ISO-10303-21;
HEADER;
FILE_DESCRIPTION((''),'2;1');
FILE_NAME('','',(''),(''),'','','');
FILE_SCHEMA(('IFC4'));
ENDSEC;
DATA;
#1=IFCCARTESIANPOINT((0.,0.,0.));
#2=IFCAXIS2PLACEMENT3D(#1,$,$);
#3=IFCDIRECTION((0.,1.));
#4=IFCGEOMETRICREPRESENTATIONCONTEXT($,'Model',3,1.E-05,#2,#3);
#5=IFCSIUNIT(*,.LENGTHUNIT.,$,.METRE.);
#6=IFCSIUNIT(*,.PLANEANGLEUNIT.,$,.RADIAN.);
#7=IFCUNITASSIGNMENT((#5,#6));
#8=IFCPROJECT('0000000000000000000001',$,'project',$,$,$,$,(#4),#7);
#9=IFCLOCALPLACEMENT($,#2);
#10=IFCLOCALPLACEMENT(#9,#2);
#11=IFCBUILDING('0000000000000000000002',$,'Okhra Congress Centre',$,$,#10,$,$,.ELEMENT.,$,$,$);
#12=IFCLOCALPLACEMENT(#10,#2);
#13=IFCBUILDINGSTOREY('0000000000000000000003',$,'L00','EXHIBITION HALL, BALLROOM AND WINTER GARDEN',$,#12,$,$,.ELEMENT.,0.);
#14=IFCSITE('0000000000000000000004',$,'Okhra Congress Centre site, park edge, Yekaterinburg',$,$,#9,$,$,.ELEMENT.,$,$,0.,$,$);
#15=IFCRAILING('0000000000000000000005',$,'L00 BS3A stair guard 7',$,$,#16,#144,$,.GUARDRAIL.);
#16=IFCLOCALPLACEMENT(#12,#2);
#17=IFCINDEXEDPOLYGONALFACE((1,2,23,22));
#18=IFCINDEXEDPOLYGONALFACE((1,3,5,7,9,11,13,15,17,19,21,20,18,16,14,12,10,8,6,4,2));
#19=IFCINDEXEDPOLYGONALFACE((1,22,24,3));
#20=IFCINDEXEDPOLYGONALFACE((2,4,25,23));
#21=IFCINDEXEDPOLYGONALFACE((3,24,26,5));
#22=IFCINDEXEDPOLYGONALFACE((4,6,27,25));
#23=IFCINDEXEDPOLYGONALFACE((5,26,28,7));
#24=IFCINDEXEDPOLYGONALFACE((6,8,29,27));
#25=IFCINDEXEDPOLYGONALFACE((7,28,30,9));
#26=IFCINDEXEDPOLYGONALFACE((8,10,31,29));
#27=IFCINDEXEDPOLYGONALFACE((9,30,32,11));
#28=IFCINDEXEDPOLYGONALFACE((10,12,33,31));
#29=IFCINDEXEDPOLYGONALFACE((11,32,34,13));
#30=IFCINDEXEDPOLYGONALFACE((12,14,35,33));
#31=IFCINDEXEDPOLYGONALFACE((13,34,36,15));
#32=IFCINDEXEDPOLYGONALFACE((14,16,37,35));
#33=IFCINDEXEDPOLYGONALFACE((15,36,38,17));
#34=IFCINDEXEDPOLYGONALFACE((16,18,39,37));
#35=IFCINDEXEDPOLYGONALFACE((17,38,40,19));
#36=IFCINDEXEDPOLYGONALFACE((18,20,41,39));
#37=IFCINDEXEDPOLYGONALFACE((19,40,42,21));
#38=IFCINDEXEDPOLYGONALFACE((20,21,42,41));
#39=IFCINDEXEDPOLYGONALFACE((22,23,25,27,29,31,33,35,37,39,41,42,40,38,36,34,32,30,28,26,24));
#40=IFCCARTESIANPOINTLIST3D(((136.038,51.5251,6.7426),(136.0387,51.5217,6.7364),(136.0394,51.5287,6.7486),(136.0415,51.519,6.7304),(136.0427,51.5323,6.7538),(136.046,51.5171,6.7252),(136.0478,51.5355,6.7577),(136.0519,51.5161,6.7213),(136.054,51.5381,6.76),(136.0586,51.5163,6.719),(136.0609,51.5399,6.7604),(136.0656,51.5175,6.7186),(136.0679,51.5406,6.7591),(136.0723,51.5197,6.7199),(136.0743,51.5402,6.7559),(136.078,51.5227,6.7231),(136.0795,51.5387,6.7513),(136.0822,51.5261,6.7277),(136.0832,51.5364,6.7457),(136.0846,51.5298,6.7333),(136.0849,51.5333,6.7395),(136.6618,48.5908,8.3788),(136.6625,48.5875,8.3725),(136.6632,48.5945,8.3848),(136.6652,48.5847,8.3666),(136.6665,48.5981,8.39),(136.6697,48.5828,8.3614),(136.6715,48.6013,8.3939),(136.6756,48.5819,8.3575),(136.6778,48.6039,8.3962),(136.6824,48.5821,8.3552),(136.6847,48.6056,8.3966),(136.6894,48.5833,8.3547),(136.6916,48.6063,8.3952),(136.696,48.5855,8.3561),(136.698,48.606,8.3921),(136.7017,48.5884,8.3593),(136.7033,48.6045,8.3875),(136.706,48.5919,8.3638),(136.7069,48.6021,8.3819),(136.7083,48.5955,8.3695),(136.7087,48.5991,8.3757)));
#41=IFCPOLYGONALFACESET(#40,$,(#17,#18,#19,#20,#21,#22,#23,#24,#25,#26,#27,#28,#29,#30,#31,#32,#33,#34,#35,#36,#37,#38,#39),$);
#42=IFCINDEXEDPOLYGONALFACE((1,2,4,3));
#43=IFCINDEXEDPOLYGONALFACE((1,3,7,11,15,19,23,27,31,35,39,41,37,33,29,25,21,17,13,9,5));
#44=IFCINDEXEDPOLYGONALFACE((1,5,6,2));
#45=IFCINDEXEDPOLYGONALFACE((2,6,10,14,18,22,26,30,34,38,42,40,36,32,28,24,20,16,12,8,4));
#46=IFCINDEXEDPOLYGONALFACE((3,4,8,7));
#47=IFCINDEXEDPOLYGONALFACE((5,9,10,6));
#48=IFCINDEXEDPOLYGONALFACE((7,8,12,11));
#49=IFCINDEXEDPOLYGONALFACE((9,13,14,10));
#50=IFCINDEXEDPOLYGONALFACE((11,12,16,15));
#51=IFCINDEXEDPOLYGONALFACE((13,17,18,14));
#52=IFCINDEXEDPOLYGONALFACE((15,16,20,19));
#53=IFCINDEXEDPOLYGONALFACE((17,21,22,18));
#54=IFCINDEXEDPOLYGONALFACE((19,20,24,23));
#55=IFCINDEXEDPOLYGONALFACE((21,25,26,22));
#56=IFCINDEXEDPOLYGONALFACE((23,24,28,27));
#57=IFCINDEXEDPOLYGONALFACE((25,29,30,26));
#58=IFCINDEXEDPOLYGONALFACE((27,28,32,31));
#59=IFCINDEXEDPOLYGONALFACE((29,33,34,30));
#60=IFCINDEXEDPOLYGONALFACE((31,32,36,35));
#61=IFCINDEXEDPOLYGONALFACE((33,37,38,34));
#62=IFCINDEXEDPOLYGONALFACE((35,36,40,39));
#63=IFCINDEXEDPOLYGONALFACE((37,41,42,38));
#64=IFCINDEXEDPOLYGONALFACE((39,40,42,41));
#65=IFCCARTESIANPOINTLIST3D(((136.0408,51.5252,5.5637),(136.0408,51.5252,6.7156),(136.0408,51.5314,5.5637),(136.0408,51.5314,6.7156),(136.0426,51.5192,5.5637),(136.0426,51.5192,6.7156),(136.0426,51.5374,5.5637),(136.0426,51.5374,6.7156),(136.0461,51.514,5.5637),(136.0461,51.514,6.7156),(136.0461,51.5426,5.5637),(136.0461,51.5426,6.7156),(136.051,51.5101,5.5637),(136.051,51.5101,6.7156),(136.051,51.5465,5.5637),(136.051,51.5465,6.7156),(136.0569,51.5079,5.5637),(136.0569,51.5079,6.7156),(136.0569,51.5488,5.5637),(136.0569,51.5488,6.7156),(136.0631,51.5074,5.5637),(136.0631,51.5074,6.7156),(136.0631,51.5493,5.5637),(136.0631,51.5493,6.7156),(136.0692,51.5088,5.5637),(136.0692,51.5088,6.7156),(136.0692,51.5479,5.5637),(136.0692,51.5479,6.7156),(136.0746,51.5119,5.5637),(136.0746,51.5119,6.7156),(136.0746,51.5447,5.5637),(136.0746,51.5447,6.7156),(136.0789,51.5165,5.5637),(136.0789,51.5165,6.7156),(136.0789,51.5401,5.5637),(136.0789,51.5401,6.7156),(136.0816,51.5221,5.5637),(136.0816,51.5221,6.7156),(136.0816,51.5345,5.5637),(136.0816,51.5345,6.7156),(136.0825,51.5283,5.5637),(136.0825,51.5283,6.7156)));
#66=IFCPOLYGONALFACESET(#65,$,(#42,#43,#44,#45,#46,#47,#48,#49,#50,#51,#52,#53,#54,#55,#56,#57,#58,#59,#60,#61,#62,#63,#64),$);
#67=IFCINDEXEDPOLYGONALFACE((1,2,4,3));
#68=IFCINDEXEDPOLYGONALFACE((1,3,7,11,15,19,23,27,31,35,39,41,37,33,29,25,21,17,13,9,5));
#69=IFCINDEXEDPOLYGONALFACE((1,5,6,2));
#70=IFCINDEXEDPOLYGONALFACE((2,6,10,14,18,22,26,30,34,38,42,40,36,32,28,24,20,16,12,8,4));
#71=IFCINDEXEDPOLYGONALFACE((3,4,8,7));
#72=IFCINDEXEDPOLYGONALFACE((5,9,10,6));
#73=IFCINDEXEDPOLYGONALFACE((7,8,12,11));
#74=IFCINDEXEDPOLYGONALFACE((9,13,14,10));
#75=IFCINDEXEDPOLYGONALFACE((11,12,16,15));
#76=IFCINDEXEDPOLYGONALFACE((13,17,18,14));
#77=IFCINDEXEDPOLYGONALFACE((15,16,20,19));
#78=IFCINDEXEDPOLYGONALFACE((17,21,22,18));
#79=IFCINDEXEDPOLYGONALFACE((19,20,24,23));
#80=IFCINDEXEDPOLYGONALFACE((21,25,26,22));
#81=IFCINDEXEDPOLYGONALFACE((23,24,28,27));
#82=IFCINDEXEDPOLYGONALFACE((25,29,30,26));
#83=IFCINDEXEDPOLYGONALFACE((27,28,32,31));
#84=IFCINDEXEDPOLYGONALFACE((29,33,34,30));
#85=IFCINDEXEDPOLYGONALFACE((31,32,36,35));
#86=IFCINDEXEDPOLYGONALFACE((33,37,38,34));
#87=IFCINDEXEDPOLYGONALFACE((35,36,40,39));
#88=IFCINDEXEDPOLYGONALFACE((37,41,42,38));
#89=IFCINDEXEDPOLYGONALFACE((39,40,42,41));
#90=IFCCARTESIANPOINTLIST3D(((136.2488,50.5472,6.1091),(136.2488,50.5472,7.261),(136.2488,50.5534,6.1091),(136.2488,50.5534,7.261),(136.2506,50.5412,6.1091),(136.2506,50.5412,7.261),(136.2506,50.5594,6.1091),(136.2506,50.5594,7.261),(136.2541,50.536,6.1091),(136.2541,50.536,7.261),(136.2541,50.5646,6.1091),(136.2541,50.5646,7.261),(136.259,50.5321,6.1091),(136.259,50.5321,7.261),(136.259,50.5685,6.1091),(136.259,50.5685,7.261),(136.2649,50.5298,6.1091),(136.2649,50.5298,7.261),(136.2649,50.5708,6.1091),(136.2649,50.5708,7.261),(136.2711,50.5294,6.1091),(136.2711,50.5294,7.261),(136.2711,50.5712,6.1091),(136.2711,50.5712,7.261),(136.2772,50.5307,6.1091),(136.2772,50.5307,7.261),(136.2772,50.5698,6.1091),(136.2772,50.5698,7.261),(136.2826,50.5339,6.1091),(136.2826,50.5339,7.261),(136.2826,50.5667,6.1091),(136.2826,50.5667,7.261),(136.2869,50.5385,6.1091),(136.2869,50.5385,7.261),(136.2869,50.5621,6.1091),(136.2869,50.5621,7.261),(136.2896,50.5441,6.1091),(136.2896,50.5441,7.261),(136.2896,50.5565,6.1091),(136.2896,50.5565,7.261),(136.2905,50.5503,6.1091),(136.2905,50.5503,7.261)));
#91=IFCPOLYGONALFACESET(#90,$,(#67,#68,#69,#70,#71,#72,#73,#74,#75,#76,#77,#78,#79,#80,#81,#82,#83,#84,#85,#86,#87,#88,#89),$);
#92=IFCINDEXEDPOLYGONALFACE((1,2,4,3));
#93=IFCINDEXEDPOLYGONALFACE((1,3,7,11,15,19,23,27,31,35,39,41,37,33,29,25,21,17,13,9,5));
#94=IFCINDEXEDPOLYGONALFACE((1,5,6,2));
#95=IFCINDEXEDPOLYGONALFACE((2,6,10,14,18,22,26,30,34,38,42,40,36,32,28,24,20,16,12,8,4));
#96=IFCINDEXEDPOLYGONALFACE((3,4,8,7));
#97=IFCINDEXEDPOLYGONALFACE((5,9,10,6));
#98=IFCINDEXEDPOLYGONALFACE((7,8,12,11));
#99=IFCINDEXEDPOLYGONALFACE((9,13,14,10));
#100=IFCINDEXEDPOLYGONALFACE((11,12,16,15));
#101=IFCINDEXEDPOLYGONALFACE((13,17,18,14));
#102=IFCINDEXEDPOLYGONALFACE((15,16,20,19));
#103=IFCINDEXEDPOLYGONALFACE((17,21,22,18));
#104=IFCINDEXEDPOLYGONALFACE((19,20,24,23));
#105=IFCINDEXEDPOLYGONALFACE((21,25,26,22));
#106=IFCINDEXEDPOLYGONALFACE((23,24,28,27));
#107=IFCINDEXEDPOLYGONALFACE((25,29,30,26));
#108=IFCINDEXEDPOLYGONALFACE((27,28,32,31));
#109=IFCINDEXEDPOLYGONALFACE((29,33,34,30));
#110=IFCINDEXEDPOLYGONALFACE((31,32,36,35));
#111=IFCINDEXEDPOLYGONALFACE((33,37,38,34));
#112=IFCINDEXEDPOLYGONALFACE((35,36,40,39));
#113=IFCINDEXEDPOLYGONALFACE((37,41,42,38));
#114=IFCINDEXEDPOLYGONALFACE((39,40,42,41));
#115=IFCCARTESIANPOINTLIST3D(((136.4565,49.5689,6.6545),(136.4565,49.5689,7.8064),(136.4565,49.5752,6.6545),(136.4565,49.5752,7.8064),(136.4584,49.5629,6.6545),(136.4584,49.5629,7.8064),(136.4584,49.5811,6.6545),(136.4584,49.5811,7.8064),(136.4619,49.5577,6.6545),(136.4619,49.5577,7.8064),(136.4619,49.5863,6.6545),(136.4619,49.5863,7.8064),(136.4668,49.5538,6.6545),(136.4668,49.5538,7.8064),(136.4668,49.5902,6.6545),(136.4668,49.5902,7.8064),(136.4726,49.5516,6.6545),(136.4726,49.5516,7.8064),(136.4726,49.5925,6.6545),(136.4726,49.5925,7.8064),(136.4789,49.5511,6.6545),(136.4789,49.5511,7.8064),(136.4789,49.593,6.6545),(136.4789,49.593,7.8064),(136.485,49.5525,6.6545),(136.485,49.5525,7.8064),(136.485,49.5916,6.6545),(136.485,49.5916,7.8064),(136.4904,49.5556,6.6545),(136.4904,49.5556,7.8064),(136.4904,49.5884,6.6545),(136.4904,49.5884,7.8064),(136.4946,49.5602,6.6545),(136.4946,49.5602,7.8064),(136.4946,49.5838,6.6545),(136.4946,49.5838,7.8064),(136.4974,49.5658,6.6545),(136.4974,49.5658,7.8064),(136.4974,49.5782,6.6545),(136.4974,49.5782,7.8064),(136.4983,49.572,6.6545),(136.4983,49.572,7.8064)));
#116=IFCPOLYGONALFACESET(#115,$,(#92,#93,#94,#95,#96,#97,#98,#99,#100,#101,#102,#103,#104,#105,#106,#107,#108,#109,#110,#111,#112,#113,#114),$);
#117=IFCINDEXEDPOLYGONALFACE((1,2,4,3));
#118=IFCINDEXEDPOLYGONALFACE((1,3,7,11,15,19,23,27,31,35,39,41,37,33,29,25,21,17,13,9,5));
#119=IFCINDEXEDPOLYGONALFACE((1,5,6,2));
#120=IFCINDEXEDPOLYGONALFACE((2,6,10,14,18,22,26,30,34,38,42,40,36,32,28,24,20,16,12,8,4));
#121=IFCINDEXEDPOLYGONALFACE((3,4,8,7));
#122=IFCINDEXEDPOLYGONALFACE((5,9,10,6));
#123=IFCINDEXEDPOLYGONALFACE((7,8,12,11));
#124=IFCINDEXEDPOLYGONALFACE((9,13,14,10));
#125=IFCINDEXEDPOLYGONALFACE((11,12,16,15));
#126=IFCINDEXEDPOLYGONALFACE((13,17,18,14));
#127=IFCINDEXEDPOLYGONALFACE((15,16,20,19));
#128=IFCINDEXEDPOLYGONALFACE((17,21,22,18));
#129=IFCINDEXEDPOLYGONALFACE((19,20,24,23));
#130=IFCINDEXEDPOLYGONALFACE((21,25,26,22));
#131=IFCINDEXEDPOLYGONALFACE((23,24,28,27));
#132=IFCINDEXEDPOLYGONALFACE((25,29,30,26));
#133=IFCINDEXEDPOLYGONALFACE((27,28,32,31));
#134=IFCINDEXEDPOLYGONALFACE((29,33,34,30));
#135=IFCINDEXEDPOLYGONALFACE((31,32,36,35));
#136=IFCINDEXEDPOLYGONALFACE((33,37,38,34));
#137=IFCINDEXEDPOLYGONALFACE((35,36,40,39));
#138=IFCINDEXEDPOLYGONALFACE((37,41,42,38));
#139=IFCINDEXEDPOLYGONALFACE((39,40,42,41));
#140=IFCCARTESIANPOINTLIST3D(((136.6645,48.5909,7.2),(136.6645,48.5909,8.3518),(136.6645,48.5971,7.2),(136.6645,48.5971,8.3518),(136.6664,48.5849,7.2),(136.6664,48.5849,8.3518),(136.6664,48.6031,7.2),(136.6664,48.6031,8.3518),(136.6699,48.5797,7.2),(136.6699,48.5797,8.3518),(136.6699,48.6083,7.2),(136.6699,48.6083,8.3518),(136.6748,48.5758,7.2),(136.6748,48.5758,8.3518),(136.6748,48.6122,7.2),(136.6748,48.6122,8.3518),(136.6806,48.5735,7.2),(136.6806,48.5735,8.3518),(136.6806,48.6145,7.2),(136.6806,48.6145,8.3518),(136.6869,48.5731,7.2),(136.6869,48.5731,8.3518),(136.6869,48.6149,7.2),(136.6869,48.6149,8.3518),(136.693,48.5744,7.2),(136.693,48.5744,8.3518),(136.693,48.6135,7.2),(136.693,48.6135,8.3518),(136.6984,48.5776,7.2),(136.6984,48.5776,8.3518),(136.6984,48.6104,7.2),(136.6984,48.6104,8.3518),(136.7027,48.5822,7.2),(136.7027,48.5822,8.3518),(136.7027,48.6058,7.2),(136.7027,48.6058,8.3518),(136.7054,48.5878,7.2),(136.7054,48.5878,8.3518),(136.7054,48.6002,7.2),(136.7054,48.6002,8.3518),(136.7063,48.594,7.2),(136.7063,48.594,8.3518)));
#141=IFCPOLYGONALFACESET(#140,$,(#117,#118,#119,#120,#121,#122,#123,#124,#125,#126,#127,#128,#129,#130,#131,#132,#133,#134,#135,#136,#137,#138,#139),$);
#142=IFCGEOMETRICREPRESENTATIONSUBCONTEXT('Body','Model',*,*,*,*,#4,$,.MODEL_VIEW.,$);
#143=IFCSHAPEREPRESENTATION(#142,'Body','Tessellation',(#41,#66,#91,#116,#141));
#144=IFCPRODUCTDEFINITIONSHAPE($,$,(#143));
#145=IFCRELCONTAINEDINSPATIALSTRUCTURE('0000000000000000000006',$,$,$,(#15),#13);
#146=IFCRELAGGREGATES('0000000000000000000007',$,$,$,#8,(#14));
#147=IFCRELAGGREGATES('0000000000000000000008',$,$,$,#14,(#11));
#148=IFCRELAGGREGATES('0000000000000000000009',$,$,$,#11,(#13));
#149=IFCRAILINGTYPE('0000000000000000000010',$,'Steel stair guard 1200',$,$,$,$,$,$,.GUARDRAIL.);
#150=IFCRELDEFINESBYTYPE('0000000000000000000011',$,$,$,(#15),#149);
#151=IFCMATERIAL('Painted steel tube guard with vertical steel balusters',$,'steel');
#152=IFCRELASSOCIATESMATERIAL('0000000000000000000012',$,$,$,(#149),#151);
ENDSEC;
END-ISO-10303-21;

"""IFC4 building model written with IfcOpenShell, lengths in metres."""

from ifc_helpers import new_model, si_unit, direction, frame, origin, origin_2d, place, context, subcontext, project, spatial, circle, extrude, material, type_object, element, save


model = new_model("IFC4")

# Units and contexts
model_context = context("Model", 3, precision=1e-05, world=origin(), true_north=direction((0.0, 1.0)))
body_context = subcontext(model_context, "Body", "Model", "MODEL_VIEW")
ifc_project = project(units=[si_unit("LENGTHUNIT", "METRE"), si_unit("PLANEANGLEUNIT", "RADIAN")], contexts=[model_context])

# Site, building, storey
site_placement = place(None, origin())
site = spatial("IfcSite", under=ifc_project, at=site_placement, Name="Okhra Congress Centre site, park edge, Yekaterinburg", CompositionType="ELEMENT", RefElevation=0.0)
building_placement = place(site_placement, origin())
building = spatial("IfcBuilding", under=site, at=building_placement, Name="Okhra Congress Centre", CompositionType="ELEMENT")
storey_placement = place(building_placement, origin())
storey = spatial("IfcBuildingStorey", under=building, at=storey_placement, Name="L00", Description="EXHIBITION HALL, BALLROOM AND WINTER GARDEN", CompositionType="ELEMENT", Elevation=0.0)

# Railing
ifc_material_1 = material(Name="Painted steel tube guard with vertical steel balusters", Category="steel")
railing_type_1 = type_object("IfcRailingType", Name="Steel stair guard 1200", PredefinedType="GUARDRAIL", material=ifc_material_1)
railing_1_placement = place(storey_placement, frame((136.0615, 51.5283, 5.5637)))
element("IfcRailing", 1, at=railing_1_placement, inside=storey, type_object=railing_type_1, Name="L00 BS3A stair guard 7", PredefinedType="GUARDRAIL", context=body_context, shape_type="SweptSolid", body=[
    extrude(circle(Radius=0.0239, at=origin_2d()), frame((0.0, 0.0, 1.1758), z_axis=(0.182546, -0.858716, 0.478835), x_axis=(0.978143, 0.207934, 0.0)), (0.0, 0.0, 1.0), 3.417),
    extrude(circle(Radius=0.021, at=origin_2d()), origin(), (0.0, 0.0, 1.0), 1.1519),
    extrude(circle(Radius=0.021, at=origin_2d()), frame((0.208, -0.978, 0.5454)), (0.0, 0.0, 1.0), 1.1519),
    extrude(circle(Radius=0.021, at=origin_2d()), frame((0.4158, -1.9563, 1.0908)), (0.0, 0.0, 1.0), 1.1519),
    extrude(circle(Radius=0.021, at=origin_2d()), frame((0.6238, -2.9343, 1.6362)), (0.0, 0.0, 1.0), 1.1519),
])

save(model, "model.ifc")
